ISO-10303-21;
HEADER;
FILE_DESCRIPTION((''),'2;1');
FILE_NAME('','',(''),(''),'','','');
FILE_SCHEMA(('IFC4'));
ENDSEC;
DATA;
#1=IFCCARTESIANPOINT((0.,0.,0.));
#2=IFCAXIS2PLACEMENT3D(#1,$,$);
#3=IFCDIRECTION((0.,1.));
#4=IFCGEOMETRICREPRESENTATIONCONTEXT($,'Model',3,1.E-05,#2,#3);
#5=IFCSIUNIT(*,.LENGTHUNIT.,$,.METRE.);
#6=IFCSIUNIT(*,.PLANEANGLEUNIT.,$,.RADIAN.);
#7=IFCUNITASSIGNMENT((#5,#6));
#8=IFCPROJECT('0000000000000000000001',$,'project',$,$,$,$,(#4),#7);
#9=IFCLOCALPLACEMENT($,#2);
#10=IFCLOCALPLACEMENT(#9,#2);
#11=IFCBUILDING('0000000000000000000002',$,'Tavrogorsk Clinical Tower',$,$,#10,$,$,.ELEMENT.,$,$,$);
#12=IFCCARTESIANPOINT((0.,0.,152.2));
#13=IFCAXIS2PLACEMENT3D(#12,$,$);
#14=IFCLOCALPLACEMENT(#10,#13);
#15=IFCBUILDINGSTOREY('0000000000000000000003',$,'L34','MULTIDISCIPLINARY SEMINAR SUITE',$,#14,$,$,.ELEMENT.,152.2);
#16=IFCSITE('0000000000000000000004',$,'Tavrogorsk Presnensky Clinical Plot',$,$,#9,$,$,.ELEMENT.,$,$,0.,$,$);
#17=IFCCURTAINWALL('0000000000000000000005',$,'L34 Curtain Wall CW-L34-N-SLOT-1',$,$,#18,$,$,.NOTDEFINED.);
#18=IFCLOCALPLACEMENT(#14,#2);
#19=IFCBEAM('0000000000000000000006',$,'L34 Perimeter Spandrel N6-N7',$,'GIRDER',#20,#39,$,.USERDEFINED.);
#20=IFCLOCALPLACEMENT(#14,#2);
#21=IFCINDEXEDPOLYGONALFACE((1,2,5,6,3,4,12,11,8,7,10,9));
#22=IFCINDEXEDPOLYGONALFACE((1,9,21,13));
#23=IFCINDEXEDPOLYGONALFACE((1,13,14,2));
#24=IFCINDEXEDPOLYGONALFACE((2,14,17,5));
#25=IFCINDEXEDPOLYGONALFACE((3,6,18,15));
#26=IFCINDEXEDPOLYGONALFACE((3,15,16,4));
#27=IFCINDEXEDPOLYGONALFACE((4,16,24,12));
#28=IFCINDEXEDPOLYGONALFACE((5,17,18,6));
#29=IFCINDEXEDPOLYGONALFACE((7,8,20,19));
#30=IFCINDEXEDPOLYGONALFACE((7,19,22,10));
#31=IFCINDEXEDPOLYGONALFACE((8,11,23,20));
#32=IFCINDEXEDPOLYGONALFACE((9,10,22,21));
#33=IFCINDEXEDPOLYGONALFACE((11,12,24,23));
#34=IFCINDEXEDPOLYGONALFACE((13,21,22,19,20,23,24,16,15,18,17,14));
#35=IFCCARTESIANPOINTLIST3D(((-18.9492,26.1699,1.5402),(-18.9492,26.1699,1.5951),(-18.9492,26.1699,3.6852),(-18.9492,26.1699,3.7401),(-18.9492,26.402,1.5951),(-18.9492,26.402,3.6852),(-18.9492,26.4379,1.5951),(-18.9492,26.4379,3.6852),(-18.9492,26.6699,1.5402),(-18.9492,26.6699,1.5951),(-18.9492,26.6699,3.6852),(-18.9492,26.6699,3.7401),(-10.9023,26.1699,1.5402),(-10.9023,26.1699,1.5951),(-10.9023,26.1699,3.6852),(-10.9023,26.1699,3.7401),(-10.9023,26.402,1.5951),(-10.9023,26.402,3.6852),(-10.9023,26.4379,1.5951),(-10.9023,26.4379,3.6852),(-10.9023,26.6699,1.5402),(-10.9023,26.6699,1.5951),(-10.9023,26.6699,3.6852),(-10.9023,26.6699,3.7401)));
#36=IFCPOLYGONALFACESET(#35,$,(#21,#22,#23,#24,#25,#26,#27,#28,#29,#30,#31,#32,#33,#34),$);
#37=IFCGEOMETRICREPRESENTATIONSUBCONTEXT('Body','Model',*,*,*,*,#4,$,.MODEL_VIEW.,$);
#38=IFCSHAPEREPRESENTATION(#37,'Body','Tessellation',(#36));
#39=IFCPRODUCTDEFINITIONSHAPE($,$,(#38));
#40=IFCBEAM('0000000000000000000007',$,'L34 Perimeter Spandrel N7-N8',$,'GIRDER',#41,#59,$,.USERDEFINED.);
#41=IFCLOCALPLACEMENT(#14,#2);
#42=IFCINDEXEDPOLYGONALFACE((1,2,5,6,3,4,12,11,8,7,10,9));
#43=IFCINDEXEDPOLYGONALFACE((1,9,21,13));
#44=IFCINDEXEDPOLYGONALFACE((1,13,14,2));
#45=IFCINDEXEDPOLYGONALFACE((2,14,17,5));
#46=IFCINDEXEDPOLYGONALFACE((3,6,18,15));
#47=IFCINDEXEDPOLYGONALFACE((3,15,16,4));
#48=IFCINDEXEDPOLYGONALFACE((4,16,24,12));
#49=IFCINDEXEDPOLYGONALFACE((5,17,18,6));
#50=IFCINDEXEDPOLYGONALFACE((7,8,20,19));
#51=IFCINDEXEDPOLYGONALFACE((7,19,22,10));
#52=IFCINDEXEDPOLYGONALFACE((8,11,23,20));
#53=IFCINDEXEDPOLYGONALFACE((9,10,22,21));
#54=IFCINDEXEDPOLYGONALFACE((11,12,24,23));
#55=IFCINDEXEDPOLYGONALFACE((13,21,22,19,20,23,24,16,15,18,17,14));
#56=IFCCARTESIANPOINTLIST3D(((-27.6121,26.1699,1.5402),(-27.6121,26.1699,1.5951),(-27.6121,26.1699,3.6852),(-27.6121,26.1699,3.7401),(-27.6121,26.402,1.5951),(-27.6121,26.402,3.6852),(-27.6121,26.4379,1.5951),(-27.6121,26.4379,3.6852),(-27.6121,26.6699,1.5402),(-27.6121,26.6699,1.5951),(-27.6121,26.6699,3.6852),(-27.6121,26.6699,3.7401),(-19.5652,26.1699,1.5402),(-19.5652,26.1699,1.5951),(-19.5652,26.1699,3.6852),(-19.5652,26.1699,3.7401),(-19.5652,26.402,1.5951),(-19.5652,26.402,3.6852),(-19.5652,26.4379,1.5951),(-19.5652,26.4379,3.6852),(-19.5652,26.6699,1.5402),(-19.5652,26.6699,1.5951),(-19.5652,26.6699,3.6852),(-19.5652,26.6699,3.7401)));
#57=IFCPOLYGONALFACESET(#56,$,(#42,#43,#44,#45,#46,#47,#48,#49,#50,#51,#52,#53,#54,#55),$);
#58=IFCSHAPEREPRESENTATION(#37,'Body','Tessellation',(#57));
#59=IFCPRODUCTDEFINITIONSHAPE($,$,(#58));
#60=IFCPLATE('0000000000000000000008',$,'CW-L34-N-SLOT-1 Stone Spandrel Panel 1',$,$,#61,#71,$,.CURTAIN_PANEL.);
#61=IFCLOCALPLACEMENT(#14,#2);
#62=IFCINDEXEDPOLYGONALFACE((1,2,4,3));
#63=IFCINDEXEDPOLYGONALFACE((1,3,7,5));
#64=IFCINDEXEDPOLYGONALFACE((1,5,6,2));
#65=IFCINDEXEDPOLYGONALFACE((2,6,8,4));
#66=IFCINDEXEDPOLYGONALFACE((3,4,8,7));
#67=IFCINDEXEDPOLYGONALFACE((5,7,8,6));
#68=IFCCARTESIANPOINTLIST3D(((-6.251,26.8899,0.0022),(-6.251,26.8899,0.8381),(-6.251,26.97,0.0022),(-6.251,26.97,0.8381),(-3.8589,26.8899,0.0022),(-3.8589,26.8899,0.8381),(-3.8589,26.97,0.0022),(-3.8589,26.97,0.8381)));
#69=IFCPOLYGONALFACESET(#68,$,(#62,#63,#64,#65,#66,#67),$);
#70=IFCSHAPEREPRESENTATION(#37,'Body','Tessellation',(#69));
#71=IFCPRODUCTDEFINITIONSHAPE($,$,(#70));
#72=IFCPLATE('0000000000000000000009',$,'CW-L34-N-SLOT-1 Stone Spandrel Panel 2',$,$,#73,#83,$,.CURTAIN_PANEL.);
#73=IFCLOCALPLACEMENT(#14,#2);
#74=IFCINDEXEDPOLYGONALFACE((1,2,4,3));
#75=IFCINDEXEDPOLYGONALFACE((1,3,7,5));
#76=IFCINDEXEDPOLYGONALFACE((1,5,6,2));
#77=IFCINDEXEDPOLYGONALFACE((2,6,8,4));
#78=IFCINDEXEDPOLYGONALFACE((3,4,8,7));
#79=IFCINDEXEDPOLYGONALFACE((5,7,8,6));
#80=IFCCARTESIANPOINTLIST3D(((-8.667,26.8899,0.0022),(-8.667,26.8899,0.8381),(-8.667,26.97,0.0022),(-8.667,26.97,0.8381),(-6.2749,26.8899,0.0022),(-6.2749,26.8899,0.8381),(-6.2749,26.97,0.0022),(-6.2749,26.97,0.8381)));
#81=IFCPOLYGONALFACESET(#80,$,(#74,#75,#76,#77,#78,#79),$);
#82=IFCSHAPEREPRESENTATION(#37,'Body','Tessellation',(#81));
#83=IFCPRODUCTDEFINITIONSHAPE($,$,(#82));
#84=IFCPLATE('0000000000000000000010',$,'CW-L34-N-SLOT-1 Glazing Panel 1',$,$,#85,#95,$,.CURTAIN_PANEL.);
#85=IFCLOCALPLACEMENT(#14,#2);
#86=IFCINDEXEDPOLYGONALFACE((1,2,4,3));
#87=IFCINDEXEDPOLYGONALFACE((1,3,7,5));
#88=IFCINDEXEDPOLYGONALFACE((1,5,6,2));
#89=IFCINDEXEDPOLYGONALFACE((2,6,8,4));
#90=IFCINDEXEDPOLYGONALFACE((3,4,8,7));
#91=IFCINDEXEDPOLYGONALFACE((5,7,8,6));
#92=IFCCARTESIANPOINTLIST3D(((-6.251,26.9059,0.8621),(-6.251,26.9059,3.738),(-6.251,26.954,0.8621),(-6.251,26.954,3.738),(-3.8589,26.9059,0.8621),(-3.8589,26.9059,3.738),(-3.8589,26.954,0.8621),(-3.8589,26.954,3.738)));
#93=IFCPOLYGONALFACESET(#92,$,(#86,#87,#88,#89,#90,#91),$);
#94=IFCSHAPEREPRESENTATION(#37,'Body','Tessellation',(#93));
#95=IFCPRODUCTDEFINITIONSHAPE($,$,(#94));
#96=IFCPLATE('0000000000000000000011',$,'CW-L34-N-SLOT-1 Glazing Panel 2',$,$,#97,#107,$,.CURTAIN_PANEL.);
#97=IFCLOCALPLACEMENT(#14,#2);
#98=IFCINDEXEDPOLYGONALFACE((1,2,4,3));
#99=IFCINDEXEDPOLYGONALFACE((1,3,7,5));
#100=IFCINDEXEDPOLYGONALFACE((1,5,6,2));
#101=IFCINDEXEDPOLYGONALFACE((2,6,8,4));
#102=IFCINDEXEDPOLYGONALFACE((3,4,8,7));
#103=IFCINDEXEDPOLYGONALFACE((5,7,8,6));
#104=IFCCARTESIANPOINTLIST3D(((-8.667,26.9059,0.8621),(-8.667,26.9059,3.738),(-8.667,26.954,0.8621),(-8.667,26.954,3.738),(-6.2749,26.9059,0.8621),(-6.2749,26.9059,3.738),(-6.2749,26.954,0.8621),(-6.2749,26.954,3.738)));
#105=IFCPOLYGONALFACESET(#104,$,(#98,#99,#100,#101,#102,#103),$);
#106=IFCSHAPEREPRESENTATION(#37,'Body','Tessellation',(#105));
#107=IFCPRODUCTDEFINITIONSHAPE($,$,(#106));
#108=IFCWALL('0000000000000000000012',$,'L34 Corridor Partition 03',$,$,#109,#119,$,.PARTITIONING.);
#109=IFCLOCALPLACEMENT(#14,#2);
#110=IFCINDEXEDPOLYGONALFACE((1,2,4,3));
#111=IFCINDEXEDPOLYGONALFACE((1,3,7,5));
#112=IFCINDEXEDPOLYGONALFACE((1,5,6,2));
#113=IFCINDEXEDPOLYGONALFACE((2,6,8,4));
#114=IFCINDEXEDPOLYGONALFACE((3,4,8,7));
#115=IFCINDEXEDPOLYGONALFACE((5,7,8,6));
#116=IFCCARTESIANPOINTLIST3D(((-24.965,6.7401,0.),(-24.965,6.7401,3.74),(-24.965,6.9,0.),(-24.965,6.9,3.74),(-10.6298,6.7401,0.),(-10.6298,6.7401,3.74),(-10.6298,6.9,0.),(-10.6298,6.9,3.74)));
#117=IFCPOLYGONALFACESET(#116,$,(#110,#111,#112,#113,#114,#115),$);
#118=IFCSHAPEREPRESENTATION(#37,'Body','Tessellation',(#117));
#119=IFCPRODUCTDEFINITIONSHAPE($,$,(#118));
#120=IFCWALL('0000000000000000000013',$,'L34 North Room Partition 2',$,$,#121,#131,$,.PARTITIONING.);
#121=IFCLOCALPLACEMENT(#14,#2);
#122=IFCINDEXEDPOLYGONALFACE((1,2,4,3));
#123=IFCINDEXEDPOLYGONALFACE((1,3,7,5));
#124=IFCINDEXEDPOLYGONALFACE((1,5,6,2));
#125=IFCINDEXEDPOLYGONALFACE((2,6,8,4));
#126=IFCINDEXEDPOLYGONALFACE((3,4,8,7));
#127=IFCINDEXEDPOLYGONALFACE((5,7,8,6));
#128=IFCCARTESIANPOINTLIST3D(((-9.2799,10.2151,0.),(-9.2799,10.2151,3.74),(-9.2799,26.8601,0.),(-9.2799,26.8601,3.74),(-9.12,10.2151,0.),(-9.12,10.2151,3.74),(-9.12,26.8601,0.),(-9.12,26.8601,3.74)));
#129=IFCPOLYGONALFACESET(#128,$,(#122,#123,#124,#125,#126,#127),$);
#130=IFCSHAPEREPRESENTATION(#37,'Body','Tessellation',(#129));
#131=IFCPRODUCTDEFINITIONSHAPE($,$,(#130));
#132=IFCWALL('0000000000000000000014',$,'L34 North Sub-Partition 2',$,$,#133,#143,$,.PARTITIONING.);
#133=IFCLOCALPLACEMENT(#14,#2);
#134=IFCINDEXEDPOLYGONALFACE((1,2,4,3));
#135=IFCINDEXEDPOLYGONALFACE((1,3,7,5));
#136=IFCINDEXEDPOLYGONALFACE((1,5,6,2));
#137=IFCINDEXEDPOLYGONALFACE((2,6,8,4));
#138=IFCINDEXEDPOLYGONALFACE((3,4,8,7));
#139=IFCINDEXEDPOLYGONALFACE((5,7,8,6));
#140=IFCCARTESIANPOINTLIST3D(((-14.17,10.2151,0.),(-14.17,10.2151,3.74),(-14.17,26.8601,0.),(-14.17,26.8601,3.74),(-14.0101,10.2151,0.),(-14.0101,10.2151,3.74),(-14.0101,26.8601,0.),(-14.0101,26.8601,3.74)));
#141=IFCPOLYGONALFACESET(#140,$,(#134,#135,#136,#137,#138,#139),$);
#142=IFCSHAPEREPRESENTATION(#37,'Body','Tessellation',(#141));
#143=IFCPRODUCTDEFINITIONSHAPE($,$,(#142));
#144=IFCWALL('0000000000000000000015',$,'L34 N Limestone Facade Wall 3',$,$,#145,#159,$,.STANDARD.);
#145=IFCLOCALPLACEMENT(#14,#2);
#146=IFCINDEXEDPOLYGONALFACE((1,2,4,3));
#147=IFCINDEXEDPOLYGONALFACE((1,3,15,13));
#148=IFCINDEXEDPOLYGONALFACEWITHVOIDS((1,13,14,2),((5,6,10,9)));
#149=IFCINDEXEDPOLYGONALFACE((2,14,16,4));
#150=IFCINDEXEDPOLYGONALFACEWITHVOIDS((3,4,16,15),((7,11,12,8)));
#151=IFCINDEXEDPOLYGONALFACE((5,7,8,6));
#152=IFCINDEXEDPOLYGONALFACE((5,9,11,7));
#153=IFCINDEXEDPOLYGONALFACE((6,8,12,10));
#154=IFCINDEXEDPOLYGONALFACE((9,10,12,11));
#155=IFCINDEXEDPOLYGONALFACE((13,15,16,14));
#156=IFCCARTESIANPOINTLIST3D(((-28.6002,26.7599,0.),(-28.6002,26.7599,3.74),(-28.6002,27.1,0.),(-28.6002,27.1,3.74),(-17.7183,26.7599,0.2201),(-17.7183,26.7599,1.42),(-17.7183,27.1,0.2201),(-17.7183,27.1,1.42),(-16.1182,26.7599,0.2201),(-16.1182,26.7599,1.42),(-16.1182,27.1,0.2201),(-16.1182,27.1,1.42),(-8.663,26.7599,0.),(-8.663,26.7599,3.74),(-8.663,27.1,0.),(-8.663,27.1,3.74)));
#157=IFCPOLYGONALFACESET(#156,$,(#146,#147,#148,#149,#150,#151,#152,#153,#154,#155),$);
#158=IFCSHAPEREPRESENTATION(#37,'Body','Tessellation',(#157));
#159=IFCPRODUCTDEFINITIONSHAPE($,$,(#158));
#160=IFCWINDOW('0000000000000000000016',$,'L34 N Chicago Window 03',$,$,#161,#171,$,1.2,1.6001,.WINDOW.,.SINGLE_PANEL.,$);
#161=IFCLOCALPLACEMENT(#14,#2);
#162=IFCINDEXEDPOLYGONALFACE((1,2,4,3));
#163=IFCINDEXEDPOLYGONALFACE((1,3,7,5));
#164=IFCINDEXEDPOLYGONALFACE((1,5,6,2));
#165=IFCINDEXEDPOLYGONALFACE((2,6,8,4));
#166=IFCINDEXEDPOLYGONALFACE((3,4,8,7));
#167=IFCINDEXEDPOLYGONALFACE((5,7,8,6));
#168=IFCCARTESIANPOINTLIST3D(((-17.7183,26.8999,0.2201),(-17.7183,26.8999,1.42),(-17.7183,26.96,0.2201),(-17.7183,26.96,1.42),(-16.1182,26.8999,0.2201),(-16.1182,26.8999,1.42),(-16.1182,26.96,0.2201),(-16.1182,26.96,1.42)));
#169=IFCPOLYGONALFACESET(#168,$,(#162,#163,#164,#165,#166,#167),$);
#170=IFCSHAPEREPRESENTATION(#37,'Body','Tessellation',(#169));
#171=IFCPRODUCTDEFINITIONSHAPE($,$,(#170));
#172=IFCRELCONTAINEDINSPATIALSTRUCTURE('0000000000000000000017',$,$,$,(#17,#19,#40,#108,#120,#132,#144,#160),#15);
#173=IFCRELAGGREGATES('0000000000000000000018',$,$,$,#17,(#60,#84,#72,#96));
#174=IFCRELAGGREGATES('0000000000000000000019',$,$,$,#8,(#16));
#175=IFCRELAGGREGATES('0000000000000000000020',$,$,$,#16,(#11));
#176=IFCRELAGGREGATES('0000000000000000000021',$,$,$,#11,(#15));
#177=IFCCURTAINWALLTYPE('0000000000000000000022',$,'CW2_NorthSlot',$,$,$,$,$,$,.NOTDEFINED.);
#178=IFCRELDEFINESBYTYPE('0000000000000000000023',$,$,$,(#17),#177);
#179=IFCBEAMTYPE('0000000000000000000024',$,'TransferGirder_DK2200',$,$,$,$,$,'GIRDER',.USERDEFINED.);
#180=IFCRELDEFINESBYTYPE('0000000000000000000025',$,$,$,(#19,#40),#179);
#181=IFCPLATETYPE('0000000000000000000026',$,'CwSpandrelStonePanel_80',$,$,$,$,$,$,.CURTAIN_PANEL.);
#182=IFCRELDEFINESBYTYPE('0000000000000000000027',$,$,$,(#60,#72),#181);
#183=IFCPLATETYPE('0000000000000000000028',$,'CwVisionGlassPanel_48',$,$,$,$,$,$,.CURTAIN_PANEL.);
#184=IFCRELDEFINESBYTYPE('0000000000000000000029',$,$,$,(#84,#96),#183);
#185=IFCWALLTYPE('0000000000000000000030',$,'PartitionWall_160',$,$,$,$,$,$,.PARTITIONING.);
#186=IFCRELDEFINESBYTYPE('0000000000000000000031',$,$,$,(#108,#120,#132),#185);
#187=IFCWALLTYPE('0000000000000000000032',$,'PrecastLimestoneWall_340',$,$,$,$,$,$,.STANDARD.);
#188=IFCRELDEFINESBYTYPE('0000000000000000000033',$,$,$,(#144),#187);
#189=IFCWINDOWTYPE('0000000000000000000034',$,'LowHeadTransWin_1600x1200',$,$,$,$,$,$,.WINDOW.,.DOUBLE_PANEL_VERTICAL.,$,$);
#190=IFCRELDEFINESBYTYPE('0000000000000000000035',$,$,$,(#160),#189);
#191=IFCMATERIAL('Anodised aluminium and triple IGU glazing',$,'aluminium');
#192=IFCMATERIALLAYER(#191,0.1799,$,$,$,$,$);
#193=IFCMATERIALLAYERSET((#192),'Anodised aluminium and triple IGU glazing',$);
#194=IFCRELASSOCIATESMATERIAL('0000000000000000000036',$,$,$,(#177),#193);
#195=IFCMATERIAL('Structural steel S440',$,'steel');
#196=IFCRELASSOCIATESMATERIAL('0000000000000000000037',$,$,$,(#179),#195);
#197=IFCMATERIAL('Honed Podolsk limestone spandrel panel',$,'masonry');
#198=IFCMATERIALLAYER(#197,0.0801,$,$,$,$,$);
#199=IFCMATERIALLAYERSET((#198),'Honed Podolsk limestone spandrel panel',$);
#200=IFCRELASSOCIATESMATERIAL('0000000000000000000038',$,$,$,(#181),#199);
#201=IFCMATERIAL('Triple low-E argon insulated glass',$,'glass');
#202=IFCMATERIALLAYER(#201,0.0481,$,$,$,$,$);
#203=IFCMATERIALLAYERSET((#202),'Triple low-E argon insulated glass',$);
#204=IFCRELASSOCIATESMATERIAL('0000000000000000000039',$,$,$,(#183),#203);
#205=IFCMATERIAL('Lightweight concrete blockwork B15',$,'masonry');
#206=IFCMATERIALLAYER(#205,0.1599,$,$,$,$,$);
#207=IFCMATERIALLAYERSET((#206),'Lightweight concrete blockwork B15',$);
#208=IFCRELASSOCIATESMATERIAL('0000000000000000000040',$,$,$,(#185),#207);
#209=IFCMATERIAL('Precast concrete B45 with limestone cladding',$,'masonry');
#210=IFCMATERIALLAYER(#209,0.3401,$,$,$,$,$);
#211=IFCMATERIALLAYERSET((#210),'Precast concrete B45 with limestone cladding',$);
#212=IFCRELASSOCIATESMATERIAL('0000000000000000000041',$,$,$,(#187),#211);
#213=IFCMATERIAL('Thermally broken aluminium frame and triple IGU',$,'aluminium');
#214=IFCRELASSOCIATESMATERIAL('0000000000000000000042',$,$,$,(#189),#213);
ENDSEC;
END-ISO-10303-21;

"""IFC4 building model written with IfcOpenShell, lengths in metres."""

from ifc_helpers import new_model, si_unit, direction, frame, frame_2d, origin, origin_2d, place, context, subcontext, project, spatial, rectangle, i_section, extrude, material, layer, layer_set, material_profile, profile_set, type_object, element, fill, aggregate, save


model = new_model("IFC4")

# Units and contexts
model_context = context("Model", 3, precision=1e-05, world=origin(), true_north=direction((0.0, 1.0)))
body_context = subcontext(model_context, "Body", "Model", "MODEL_VIEW")
ifc_project = project(units=[si_unit("LENGTHUNIT", "METRE"), si_unit("PLANEANGLEUNIT", "RADIAN")], contexts=[model_context])

# Site, building, storey
site_placement = place(None, origin())
site = spatial("IfcSite", under=ifc_project, at=site_placement, Name="Tavrogorsk Presnensky Clinical Plot", CompositionType="ELEMENT", RefElevation=0.0)
building_placement = place(site_placement, origin())
building = spatial("IfcBuilding", under=site, at=building_placement, Name="Tavrogorsk Clinical Tower", CompositionType="ELEMENT")
storey_placement = place(building_placement, frame((0.0, 0.0, 152.2)))
storey = spatial("IfcBuildingStorey", under=building, at=storey_placement, Name="L34", Description="MULTIDISCIPLINARY SEMINAR SUITE", CompositionType="ELEMENT", Elevation=152.2)

# Curtain wall
ifc_material_1 = material(Name="Anodised aluminium and triple IGU glazing", Category="aluminium")
ifc_layer_1 = layer(ifc_material_1, 0.1799)
ifc_layer_set_1 = layer_set([ifc_layer_1], Name="Anodised aluminium and triple IGU glazing")
curtain_wall_type = type_object("IfcCurtainWallType", Name="CW2_NorthSlot", PredefinedType="NOTDEFINED", material=ifc_layer_set_1)
curtain_wall_placement = place(storey_placement, origin())
curtain_wall = element("IfcCurtainWall", 1, at=curtain_wall_placement, inside=storey, type_object=curtain_wall_type, Name="L34 Curtain Wall CW-L34-N-SLOT-1", PredefinedType="NOTDEFINED")

# Beams
ifc_material_2 = material(Name="Structural steel S440", Category="steel")
ifc_material_profile_1 = material_profile(ifc_material_2, i_section(OverallWidth=0.5, OverallDepth=2.2, WebThickness=0.0359, FlangeThickness=0.0549, at=origin_2d()), Name="DK-2200x500x36x55")
ifc_profile_set_1 = profile_set([ifc_material_profile_1], Name="Structural steel S440")
beam_type = type_object("IfcBeamType", Name="TransferGirder_DK2200", ElementType="GIRDER", PredefinedType="USERDEFINED", material=ifc_profile_set_1)
for number, where, z_axis, x_axis, name in (
    (2, (-10.9023, 26.4199, 2.6401), (-1.0, 0.0, 0.0), (0.0, -1.0, 0.0), "L34 Perimeter Spandrel N6-N7"),
    (3, (-19.5652, 26.4199, 2.6401), (-1.0, 0.0, 0.0), (0.0, -1.0, 0.0), "L34 Perimeter Spandrel N7-N8"),
):
    element("IfcBeam", number, at=place(storey_placement, frame(where, z_axis=z_axis, x_axis=x_axis)), inside=storey, type_object=beam_type, Name=name, ObjectType="GIRDER", PredefinedType="USERDEFINED", context=body_context, shape_type="SweptSolid", body=[
        extrude(i_section(OverallWidth=0.5, OverallDepth=2.2, WebThickness=0.0359, FlangeThickness=0.0549, at=origin_2d()), origin(), (0.0, 0.0, 1.0), 8.0469),
    ])

# Plates
ifc_material_3 = material(Name="Honed Podolsk limestone spandrel panel", Category="masonry")
ifc_layer_2 = layer(ifc_material_3, 0.0801)
ifc_layer_set_2 = layer_set([ifc_layer_2], Name="Honed Podolsk limestone spandrel panel")
plate_type_1 = type_object("IfcPlateType", Name="CwSpandrelStonePanel_80", PredefinedType="CURTAIN_PANEL", material=ifc_layer_set_2)
plate_1_placement = place(storey_placement, frame((-5.0549, 26.9299, 0.0022), z_axis=(0.0, 0.0, 1.0), x_axis=(-1.0, 0.0, 0.0)))
plate_1 = element("IfcPlate", 4, at=plate_1_placement, type_object=plate_type_1, Name="CW-L34-N-SLOT-1 Stone Spandrel Panel 1", PredefinedType="CURTAIN_PANEL", context=body_context, shape_type="SweptSolid", body=[
    extrude(rectangle(XDim=2.3921, YDim=0.0801, at=origin_2d()), origin(), (0.0, 0.0, 1.0), 0.8359),
])
plate_2_placement = place(storey_placement, frame((-7.4709, 26.9299, 0.0022), z_axis=(0.0, 0.0, 1.0), x_axis=(-1.0, 0.0, 0.0)))
plate_2 = element("IfcPlate", 5, at=plate_2_placement, type_object=plate_type_1, Name="CW-L34-N-SLOT-1 Stone Spandrel Panel 2", PredefinedType="CURTAIN_PANEL", context=body_context, shape_type="SweptSolid", body=[
    extrude(rectangle(XDim=2.3921, YDim=0.0801, at=origin_2d()), origin(), (0.0, 0.0, 1.0), 0.8359),
])
ifc_material_4 = material(Name="Triple low-E argon insulated glass", Category="glass")
ifc_layer_3 = layer(ifc_material_4, 0.0481)
ifc_layer_set_3 = layer_set([ifc_layer_3], Name="Triple low-E argon insulated glass")
plate_type_2 = type_object("IfcPlateType", Name="CwVisionGlassPanel_48", PredefinedType="CURTAIN_PANEL", material=ifc_layer_set_3)
plate_3_placement = place(storey_placement, frame((-5.0549, 26.9299, 0.8621), z_axis=(0.0, 0.0, 1.0), x_axis=(-1.0, 0.0, 0.0)))
plate_3 = element("IfcPlate", 6, at=plate_3_placement, type_object=plate_type_2, Name="CW-L34-N-SLOT-1 Glazing Panel 1", PredefinedType="CURTAIN_PANEL", context=body_context, shape_type="SweptSolid", body=[
    extrude(rectangle(XDim=2.3921, YDim=0.0481, at=origin_2d()), origin(), (0.0, 0.0, 1.0), 2.876),
])
plate_4_placement = place(storey_placement, frame((-7.4709, 26.9299, 0.8621), z_axis=(0.0, 0.0, 1.0), x_axis=(-1.0, 0.0, 0.0)))
plate_4 = element("IfcPlate", 7, at=plate_4_placement, type_object=plate_type_2, Name="CW-L34-N-SLOT-1 Glazing Panel 2", PredefinedType="CURTAIN_PANEL", context=body_context, shape_type="SweptSolid", body=[
    extrude(rectangle(XDim=2.3921, YDim=0.0481, at=origin_2d()), origin(), (0.0, 0.0, 1.0), 2.876),
])
aggregate(curtain_wall, [plate_1, plate_3, plate_2, plate_4])

# Walls
ifc_material_5 = material(Name="Lightweight concrete blockwork B15", Category="masonry")
ifc_layer_4 = layer(ifc_material_5, 0.1599)
ifc_layer_set_4 = layer_set([ifc_layer_4], Name="Lightweight concrete blockwork B15")
wall_type_1 = type_object("IfcWallType", Name="PartitionWall_160", PredefinedType="PARTITIONING", material=ifc_layer_set_4)
wall_1_placement = place(storey_placement, frame((-10.6299, 6.8201, 0.0), z_axis=(0.0, 0.0, 1.0), x_axis=(-1.0, 0.0, 0.0)))
element("IfcWall", 8, at=wall_1_placement, inside=storey, type_object=wall_type_1, Name="L34 Corridor Partition 03", PredefinedType="PARTITIONING", context=body_context, shape_type="SweptSolid", body=[
    extrude(rectangle(XDim=14.3352, YDim=0.1599, at=frame_2d((7.1675, 0.0))), origin(), (0.0, 0.0, 1.0), 3.74),
])
for number, where, z_axis, x_axis, name in (
    (9, (-9.2, 10.2151, 0.0), (0.0, 0.0, 1.0), (0.0, 1.0, 0.0), "L34 North Room Partition 2"),
    (10, (-14.0901, 10.2151, 0.0), (0.0, 0.0, 1.0), (0.0, 1.0, 0.0), "L34 North Sub-Partition 2"),
):
    element("IfcWall", number, at=place(storey_placement, frame(where, z_axis=z_axis, x_axis=x_axis)), inside=storey, type_object=wall_type_1, Name=name, PredefinedType="PARTITIONING", context=body_context, shape_type="SweptSolid", body=[
        extrude(rectangle(XDim=16.645, YDim=0.1599, at=frame_2d((8.3225, 0.0))), origin(), (0.0, 0.0, 1.0), 3.74),
    ])

# Wall, opening, window
ifc_material_6 = material(Name="Precast concrete B45 with limestone cladding", Category="masonry")
ifc_layer_5 = layer(ifc_material_6, 0.3401)
ifc_layer_set_5 = layer_set([ifc_layer_5], Name="Precast concrete B45 with limestone cladding")
wall_type_2 = type_object("IfcWallType", Name="PrecastLimestoneWall_340", PredefinedType="STANDARD", material=ifc_layer_set_5)
wall_2_placement = place(storey_placement, frame((-8.6628, 26.9299, 0.0), z_axis=(0.0, 0.0, 1.0), x_axis=(-1.0, 0.0, 0.0)))
wall_2 = element("IfcWall", 11, at=wall_2_placement, inside=storey, type_object=wall_type_2, Name="L34 N Limestone Facade Wall 3", PredefinedType="STANDARD", context=body_context, shape_type="SweptSolid", body=[
    extrude(rectangle(XDim=19.9373, YDim=0.3401, at=frame_2d((9.9688, 0.0))), origin(), (0.0, 0.0, 1.0), 3.74),
])
opening_placement = place(wall_2_placement, frame((7.4553, 0.0, 0.22)))
opening = element("IfcOpeningElement", 12, at=opening_placement, cuts=wall_2, PredefinedType="OPENING", context=body_context, shape_type="SweptSolid", body=[
    extrude(rectangle(XDim=1.6001, YDim=1.2, at=frame_2d((0.8, 0.6001))), frame((0.0, 0.1799, 0.0), z_axis=(0.0, -1.0, 0.0), x_axis=(1.0, 0.0, 0.0)), (0.0, 0.0, 1.0), 0.3601),
])
ifc_material_7 = material(Name="Thermally broken aluminium frame and triple IGU", Category="aluminium")
window_type = type_object("IfcWindowType", Name="LowHeadTransWin_1600x1200", PartitioningType="DOUBLE_PANEL_VERTICAL", PredefinedType="WINDOW", material=ifc_material_7)
window_placement = place(opening_placement, origin())
window = element("IfcWindow", 13, at=window_placement, inside=storey, type_object=window_type, Name="L34 N Chicago Window 03", OverallHeight=1.2, OverallWidth=1.6001, PartitioningType="SINGLE_PANEL", PredefinedType="WINDOW", context=body_context, shape_type="SweptSolid", body=[
    extrude(rectangle(XDim=1.6001, YDim=1.2, at=frame_2d((0.8, 0.6001))), frame((0.0, 0.03, 0.0), z_axis=(0.0, -1.0, 0.0), x_axis=(1.0, 0.0, 0.0)), (0.0, 0.0, 1.0), 0.0601),
])
fill(opening, window)

save(model, "model.ifc")
